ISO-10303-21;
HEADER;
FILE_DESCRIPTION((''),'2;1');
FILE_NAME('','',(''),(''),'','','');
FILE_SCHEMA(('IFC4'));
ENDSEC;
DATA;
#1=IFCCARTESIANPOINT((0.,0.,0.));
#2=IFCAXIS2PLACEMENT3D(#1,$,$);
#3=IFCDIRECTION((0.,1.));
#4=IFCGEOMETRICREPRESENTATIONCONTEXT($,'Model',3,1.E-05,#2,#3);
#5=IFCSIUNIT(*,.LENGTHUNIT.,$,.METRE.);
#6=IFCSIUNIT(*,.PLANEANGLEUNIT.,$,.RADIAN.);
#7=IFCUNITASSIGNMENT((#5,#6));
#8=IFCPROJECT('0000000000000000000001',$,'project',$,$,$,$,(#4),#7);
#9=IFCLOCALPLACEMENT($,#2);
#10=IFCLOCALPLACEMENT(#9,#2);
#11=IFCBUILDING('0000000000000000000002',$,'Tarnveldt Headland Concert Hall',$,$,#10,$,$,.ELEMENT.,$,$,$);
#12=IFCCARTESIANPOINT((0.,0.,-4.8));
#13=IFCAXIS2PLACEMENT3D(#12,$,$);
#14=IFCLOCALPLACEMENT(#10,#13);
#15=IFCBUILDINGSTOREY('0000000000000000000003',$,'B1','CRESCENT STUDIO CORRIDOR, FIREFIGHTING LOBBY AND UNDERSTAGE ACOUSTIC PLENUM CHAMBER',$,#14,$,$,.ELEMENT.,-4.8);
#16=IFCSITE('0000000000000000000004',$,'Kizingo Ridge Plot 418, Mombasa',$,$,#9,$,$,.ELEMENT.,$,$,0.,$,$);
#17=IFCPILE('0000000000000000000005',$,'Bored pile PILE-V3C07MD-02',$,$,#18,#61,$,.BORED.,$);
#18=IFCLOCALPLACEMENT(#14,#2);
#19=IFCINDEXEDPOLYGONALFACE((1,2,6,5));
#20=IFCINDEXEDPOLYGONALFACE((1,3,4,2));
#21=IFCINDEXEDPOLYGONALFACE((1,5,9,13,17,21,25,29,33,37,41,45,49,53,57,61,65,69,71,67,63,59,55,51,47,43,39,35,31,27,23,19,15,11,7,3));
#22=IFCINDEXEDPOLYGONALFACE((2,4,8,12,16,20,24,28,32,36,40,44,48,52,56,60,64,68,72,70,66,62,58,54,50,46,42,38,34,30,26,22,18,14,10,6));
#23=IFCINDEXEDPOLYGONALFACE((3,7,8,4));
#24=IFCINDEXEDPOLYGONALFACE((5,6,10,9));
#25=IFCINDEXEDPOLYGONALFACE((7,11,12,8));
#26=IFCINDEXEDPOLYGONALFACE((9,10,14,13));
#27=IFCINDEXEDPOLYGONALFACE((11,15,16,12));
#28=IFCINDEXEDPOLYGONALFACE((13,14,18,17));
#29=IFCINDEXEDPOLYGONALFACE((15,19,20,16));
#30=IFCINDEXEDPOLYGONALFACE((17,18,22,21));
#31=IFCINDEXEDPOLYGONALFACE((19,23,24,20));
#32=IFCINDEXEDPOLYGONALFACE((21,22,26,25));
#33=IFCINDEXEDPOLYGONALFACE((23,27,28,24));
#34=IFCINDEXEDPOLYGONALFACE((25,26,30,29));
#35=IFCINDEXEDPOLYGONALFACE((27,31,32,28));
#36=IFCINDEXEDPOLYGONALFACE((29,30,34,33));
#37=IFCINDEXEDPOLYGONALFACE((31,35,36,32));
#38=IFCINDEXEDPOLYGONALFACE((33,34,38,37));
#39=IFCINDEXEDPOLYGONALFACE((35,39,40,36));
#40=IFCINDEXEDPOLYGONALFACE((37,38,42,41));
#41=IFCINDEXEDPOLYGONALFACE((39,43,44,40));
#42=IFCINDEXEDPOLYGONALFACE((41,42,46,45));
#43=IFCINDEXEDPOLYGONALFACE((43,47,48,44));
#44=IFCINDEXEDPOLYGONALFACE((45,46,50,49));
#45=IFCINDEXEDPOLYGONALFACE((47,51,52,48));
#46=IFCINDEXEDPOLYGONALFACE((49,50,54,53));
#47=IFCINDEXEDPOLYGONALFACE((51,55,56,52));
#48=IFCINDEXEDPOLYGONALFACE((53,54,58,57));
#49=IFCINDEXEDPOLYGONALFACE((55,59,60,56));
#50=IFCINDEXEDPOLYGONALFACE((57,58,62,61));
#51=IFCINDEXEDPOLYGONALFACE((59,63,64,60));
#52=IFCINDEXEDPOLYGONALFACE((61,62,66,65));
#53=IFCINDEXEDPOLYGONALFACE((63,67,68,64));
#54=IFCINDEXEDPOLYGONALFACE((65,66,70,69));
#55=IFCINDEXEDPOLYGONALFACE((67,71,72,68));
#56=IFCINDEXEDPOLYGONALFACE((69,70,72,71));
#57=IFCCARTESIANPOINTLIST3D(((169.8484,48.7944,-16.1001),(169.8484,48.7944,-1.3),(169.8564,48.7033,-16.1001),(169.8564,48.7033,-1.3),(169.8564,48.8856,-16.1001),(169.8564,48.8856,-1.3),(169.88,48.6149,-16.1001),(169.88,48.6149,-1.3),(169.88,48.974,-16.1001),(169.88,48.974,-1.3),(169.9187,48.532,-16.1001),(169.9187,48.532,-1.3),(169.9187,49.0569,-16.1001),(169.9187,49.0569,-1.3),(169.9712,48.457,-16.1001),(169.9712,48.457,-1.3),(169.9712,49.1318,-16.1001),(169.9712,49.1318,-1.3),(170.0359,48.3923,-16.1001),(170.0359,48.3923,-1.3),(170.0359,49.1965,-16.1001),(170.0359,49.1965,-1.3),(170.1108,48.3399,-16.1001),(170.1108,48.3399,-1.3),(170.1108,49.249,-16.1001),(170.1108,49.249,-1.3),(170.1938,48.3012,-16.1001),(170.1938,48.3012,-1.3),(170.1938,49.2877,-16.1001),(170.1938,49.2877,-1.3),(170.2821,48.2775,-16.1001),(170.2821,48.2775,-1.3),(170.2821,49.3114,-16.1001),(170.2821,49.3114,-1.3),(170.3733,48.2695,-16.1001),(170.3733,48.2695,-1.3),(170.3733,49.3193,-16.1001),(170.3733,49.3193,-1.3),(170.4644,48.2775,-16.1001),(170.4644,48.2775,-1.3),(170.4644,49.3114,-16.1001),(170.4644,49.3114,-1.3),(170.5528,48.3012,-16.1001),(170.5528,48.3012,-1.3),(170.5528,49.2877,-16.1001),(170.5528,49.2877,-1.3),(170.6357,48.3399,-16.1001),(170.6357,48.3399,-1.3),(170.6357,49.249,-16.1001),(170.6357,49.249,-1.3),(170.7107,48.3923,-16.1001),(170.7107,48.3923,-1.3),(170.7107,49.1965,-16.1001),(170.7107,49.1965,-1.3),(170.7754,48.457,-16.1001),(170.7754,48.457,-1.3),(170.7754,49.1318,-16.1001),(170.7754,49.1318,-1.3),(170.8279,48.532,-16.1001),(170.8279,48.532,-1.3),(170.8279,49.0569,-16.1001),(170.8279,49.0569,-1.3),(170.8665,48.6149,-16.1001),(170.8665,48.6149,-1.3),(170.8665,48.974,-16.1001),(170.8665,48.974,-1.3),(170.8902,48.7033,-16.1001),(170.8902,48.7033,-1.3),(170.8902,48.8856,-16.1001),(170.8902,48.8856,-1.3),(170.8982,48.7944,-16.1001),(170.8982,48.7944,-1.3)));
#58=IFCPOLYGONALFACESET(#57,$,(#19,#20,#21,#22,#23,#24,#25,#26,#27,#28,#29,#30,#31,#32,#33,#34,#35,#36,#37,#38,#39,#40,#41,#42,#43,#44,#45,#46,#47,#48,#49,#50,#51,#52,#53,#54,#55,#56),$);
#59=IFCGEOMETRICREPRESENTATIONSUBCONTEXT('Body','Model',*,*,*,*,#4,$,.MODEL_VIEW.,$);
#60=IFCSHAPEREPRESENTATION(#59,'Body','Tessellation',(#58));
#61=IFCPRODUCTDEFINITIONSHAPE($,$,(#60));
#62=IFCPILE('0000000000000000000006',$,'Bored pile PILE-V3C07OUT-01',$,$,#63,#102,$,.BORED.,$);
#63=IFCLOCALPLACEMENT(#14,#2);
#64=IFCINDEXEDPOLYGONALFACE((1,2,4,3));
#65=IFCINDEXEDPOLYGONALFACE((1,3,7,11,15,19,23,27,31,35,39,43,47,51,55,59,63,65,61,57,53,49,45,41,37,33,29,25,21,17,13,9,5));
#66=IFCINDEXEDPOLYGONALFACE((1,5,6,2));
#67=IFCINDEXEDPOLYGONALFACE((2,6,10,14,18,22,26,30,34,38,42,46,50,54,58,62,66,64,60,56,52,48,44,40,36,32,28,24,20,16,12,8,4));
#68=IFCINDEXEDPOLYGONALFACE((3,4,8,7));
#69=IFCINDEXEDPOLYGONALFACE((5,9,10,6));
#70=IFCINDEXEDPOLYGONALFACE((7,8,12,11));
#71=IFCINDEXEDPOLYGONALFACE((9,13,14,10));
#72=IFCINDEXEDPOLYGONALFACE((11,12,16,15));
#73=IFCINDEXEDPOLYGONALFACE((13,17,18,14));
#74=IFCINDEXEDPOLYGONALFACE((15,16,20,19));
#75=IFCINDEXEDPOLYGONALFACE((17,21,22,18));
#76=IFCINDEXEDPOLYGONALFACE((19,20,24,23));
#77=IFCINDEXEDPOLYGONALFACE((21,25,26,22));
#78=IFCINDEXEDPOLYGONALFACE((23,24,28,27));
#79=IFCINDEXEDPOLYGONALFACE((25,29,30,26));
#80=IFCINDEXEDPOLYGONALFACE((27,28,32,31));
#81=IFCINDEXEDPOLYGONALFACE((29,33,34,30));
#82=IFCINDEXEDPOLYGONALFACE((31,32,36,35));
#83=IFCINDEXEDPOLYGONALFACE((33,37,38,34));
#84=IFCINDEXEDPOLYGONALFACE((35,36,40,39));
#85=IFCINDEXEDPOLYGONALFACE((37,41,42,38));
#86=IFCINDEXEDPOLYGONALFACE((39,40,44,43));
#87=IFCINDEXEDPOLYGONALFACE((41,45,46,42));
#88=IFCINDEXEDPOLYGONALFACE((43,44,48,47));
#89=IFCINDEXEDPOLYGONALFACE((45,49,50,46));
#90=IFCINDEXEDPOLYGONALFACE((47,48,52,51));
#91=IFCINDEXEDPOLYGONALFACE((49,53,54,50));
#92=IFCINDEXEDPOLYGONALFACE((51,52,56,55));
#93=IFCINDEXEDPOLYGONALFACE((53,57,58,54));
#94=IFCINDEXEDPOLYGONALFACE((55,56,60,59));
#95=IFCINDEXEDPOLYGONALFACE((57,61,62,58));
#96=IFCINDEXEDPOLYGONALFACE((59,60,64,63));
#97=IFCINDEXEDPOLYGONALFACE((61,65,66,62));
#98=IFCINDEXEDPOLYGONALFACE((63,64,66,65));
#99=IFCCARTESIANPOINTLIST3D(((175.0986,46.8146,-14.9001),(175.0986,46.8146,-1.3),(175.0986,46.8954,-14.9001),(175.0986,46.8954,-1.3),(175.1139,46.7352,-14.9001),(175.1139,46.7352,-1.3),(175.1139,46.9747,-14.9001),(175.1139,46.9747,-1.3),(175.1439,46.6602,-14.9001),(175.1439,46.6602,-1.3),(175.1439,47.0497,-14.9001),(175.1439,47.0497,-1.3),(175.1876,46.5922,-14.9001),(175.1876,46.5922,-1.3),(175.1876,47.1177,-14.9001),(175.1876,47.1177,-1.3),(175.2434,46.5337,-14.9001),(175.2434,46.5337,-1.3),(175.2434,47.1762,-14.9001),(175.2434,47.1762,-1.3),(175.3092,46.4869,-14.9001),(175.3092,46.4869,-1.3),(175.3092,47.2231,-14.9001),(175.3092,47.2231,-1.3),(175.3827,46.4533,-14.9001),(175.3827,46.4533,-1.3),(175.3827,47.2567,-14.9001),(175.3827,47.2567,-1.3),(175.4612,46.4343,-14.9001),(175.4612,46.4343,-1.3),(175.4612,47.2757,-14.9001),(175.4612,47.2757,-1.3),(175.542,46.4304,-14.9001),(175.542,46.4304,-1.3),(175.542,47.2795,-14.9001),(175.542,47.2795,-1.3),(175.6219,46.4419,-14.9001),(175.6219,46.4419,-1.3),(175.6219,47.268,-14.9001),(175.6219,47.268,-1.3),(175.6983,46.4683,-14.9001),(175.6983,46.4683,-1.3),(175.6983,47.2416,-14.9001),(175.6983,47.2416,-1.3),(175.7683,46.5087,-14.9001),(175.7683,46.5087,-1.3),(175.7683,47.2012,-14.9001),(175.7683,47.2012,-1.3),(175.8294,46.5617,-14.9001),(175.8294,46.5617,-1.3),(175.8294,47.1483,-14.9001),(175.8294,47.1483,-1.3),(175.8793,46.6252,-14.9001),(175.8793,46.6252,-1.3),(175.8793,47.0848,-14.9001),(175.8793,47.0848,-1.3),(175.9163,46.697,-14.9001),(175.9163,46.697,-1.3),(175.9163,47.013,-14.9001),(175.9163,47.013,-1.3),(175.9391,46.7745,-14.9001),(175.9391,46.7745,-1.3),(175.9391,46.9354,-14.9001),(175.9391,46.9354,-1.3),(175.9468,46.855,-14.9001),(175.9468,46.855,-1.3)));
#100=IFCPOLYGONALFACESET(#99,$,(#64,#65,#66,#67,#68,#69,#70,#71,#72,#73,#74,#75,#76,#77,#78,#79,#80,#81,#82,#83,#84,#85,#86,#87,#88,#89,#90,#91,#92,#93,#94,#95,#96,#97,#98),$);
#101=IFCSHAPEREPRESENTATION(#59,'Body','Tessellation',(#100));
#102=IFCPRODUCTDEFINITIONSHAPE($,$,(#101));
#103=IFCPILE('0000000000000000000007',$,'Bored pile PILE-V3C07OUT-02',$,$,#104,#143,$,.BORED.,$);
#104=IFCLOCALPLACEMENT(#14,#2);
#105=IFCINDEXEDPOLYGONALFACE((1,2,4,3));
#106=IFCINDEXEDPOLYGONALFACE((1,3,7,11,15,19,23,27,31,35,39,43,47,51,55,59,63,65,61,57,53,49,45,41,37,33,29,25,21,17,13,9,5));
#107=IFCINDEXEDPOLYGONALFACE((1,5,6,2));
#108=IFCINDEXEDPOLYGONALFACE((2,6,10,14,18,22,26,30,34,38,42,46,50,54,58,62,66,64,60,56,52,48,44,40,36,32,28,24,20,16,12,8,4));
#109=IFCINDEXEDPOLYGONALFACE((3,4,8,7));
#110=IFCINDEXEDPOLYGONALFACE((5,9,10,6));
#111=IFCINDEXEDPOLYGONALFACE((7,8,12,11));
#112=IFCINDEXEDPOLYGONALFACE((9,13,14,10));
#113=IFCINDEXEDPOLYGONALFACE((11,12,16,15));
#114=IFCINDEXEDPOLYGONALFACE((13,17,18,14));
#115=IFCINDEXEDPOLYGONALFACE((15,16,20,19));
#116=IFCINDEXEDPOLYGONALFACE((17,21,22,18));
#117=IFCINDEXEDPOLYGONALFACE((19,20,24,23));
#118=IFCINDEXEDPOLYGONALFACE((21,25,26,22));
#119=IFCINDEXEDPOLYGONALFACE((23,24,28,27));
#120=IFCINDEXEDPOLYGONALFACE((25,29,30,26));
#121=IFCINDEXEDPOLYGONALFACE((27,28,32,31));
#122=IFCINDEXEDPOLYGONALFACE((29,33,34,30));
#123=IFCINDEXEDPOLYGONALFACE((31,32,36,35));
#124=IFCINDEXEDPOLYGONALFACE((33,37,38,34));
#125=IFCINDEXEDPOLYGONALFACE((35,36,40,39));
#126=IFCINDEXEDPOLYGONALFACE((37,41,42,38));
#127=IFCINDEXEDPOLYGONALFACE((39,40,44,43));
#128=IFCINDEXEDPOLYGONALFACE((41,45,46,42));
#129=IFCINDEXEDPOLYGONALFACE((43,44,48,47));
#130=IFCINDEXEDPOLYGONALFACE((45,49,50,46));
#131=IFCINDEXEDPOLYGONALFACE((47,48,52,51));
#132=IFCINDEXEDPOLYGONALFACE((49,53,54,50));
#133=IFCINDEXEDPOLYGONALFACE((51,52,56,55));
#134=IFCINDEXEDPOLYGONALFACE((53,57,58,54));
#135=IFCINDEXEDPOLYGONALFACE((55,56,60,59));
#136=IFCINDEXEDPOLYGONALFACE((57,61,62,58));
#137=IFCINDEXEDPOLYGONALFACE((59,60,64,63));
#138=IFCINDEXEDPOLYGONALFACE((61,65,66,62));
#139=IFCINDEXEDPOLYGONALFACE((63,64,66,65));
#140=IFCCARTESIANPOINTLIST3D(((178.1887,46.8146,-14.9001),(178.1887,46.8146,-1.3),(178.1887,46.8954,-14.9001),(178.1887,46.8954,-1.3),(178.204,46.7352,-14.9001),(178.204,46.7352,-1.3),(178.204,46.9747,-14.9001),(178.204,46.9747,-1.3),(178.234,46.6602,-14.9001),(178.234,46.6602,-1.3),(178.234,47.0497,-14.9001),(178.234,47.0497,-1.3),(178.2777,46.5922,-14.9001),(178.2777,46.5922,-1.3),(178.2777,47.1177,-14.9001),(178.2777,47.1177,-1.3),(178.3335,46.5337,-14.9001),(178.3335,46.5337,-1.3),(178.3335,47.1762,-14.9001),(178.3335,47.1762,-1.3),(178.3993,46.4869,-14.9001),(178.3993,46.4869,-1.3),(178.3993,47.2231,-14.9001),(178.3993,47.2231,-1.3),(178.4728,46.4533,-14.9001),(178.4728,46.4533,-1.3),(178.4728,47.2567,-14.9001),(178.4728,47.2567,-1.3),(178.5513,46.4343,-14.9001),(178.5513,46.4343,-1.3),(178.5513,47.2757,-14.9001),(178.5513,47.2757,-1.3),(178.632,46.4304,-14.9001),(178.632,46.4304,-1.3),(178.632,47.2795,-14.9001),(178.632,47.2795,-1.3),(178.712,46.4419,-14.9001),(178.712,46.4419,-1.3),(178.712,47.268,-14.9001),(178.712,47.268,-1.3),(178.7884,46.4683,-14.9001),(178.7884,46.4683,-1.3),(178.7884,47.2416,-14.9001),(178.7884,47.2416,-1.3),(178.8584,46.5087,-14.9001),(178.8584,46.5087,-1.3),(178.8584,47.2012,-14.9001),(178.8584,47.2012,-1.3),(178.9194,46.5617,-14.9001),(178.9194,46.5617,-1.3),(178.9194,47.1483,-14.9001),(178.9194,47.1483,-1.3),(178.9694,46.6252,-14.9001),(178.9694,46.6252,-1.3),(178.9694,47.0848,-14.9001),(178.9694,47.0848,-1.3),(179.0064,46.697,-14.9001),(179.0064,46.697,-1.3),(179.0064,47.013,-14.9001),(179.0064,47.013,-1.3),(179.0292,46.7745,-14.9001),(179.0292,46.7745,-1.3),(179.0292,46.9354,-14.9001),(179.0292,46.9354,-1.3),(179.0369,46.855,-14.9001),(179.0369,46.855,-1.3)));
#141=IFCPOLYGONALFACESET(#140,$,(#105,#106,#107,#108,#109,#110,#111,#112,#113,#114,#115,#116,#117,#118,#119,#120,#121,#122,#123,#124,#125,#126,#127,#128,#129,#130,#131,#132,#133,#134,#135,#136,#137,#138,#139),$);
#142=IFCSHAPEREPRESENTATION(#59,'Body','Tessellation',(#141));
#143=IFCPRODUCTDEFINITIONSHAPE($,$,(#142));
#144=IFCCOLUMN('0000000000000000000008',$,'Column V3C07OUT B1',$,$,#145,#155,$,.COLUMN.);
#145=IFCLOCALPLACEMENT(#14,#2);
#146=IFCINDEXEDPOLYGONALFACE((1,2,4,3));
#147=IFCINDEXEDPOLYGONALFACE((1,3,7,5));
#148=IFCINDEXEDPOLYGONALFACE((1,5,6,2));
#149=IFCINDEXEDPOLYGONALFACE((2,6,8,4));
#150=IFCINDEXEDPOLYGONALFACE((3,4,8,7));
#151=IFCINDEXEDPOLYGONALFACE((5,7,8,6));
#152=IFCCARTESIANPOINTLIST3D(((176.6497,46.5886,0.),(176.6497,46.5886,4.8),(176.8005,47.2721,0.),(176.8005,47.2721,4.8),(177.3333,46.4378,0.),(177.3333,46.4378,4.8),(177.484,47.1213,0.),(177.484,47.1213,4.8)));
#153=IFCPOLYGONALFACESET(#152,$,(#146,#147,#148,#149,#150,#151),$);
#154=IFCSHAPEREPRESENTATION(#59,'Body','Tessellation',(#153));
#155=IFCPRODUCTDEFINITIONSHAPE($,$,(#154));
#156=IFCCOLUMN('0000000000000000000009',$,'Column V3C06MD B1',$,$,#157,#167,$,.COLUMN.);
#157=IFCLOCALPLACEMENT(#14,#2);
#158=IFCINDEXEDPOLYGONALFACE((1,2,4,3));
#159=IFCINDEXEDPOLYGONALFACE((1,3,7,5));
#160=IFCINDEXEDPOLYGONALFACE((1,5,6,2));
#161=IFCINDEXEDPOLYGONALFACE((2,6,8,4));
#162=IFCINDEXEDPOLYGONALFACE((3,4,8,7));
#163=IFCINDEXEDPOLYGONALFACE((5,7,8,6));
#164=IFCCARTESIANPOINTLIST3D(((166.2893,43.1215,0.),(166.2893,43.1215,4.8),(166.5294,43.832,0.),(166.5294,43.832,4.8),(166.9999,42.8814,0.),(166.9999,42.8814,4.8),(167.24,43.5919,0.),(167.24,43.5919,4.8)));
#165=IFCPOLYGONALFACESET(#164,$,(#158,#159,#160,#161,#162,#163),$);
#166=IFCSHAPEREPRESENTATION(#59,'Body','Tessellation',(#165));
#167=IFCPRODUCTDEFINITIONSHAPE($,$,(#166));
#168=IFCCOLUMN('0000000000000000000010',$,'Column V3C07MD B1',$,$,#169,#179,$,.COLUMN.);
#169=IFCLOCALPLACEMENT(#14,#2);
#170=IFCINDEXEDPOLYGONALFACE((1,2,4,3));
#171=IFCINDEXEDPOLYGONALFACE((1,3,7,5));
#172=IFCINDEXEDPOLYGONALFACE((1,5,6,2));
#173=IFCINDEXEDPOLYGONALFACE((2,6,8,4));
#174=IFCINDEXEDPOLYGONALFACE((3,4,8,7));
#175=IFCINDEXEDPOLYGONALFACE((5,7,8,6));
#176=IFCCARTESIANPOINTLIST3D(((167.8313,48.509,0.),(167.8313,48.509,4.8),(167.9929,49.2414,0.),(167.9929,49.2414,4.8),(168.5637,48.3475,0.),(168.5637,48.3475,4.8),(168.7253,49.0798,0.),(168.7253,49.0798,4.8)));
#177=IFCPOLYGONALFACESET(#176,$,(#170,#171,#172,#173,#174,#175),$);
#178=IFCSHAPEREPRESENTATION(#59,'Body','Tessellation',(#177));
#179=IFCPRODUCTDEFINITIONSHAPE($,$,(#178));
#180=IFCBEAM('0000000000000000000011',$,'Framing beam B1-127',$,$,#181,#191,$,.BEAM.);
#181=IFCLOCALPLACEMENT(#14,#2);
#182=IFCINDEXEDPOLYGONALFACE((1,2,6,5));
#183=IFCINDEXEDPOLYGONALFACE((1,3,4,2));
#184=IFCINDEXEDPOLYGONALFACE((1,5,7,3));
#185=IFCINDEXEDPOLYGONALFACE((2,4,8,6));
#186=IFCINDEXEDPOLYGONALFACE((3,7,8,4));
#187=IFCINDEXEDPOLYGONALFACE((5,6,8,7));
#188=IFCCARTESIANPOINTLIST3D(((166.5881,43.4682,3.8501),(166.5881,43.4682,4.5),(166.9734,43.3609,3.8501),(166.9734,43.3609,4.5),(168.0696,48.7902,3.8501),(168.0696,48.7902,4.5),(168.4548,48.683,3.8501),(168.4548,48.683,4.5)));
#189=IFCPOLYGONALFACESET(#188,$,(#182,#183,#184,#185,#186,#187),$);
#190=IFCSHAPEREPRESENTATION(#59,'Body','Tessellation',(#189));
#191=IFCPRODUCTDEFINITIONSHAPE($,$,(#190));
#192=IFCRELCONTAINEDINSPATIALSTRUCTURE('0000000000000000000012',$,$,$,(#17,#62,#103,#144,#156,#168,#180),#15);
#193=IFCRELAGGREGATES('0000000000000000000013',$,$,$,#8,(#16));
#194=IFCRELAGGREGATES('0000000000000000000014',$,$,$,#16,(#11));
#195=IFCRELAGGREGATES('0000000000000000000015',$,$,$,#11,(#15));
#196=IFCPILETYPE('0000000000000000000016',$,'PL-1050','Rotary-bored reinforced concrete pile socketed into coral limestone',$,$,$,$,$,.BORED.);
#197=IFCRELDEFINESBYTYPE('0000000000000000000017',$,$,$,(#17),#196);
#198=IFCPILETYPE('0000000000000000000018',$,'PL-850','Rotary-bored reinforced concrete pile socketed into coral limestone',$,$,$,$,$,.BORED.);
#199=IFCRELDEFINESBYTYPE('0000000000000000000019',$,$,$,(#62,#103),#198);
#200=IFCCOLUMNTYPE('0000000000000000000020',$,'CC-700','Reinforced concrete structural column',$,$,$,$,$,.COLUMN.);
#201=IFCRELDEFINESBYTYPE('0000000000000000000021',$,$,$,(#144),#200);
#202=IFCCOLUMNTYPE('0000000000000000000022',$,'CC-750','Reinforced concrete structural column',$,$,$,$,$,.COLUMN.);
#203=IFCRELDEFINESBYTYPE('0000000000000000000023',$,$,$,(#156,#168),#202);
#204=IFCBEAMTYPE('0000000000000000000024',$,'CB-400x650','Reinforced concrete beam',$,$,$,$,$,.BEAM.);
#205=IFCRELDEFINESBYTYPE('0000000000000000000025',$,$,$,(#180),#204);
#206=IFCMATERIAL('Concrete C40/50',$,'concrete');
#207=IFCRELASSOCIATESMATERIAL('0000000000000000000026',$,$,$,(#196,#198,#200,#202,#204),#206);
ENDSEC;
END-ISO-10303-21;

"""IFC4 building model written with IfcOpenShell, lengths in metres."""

from ifc_helpers import new_model, si_unit, direction, frame, origin, origin_2d, place, context, subcontext, project, spatial, rectangle, circle, extrude, material, material_profile, profile_set, type_object, element, save


model = new_model("IFC4")

# Units and contexts
model_context = context("Model", 3, precision=1e-05, world=origin(), true_north=direction((0.0, 1.0)))
body_context = subcontext(model_context, "Body", "Model", "MODEL_VIEW")
ifc_project = project(units=[si_unit("LENGTHUNIT", "METRE"), si_unit("PLANEANGLEUNIT", "RADIAN")], contexts=[model_context])

# Site, building, storey
site_placement = place(None, origin())
site = spatial("IfcSite", under=ifc_project, at=site_placement, Name="Kizingo Ridge Plot 418, Mombasa", CompositionType="ELEMENT", RefElevation=0.0)
building_placement = place(site_placement, origin())
building = spatial("IfcBuilding", under=site, at=building_placement, Name="Tarnveldt Headland Concert Hall", CompositionType="ELEMENT")
storey_placement = place(building_placement, frame((0.0, 0.0, -4.8)))
storey = spatial("IfcBuildingStorey", under=building, at=storey_placement, Name="B1", Description="CRESCENT STUDIO CORRIDOR, FIREFIGHTING LOBBY AND UNDERSTAGE ACOUSTIC PLENUM CHAMBER", CompositionType="ELEMENT", Elevation=-4.8)

# Shared definitions
ifc_material_1 = material(Name="Concrete C40/50", Category="concrete")

# Piles
ifc_material_profile_1 = material_profile(ifc_material_1, circle(Radius=0.5249, at=origin_2d()), Name="BORED PILE D1050", Category="concrete")
ifc_profile_set_1 = profile_set([ifc_material_profile_1], Name="Concrete C40/50")
pile_type_1 = type_object("IfcPileType", Name="PL-1050", Description="Rotary-bored reinforced concrete pile socketed into coral limestone", PredefinedType="BORED", material=ifc_profile_set_1)
for number, where, z_axis, x_axis, name in (
    (1, (170.3733, 48.7944, -1.3), (0.0, 0.0, -1.0), (1.0, 0.0, 0.0), "Bored pile PILE-V3C07MD-02"),
):
    element("IfcPile", number, at=place(storey_placement, frame(where, z_axis=z_axis, x_axis=x_axis)), inside=storey, type_object=pile_type_1, Name=name, PredefinedType="BORED", context=body_context, shape_type="SweptSolid", body=[
        extrude(circle(Radius=0.5249, at=origin_2d()), origin(), (0.0, 0.0, 1.0), 14.8),
    ])
ifc_material_profile_2 = material_profile(ifc_material_1, circle(Radius=0.425, at=origin_2d()), Name="BORED PILE D850", Category="concrete")
ifc_profile_set_2 = profile_set([ifc_material_profile_2], Name="Concrete C40/50")
pile_type_2 = type_object("IfcPileType", Name="PL-850", Description="Rotary-bored reinforced concrete pile socketed into coral limestone", PredefinedType="BORED", material=ifc_profile_set_2)
for number, where, z_axis, x_axis, name in (
    (2, (175.5217, 46.855, -1.3), (0.0, 0.0, -1.0), (1.0, 0.0, 0.0), "Bored pile PILE-V3C07OUT-01"),
    (3, (178.6118, 46.855, -1.3), (0.0, 0.0, -1.0), (1.0, 0.0, 0.0), "Bored pile PILE-V3C07OUT-02"),
):
    element("IfcPile", number, at=place(storey_placement, frame(where, z_axis=z_axis, x_axis=x_axis)), inside=storey, type_object=pile_type_2, Name=name, PredefinedType="BORED", context=body_context, shape_type="SweptSolid", body=[
        extrude(circle(Radius=0.425, at=origin_2d()), origin(), (0.0, 0.0, 1.0), 13.6001),
    ])

# Columns
ifc_material_profile_3 = material_profile(ifc_material_1, rectangle(XDim=0.7, YDim=0.7, at=origin_2d()), Name="RC 700x700", Category="concrete")
ifc_profile_set_3 = profile_set([ifc_material_profile_3], Name="Concrete C40/50")
column_type_1 = type_object("IfcColumnType", Name="CC-700", Description="Reinforced concrete structural column", PredefinedType="COLUMN", material=ifc_profile_set_3)
column_placement = place(storey_placement, frame((177.0669, 46.855, 0.0), z_axis=(0.0, 0.0, 1.0), x_axis=(0.976522, -0.215417, 0.0)))
element("IfcColumn", 4, at=column_placement, inside=storey, type_object=column_type_1, Name="Column V3C07OUT B1", PredefinedType="COLUMN", context=body_context, shape_type="SweptSolid", body=[
    extrude(rectangle(XDim=0.7, YDim=0.7, at=origin_2d()), origin(), (0.0, 0.0, 1.0), 4.8),
])
ifc_material_profile_4 = material_profile(ifc_material_1, rectangle(XDim=0.75, YDim=0.75, at=origin_2d()), Name="RC 750x750", Category="concrete")
ifc_profile_set_4 = profile_set([ifc_material_profile_4], Name="Concrete C40/50")
column_type_2 = type_object("IfcColumnType", Name="CC-750", Description="Reinforced concrete structural column", PredefinedType="COLUMN", material=ifc_profile_set_4)
for number, where, z_axis, x_axis, name in (
    (5, (166.7646, 43.3567, 0.0), (0.0, 0.0, 1.0), (0.947378, -0.320117, 0.0), "Column V3C06MD B1"),
    (6, (168.2783, 48.7944, 0.0), (0.0, 0.0, 1.0), (0.976522, -0.215417, 0.0), "Column V3C07MD B1"),
):
    element("IfcColumn", number, at=place(storey_placement, frame(where, z_axis=z_axis, x_axis=x_axis)), inside=storey, type_object=column_type_2, Name=name, PredefinedType="COLUMN", context=body_context, shape_type="SweptSolid", body=[
        extrude(rectangle(XDim=0.75, YDim=0.75, at=origin_2d()), origin(), (0.0, 0.0, 1.0), 4.8),
    ])

# Beam
ifc_material_profile_5 = material_profile(ifc_material_1, rectangle(XDim=0.3999, YDim=0.6499, at=origin_2d()), Name="RC 400x650", Category="concrete")
ifc_profile_set_5 = profile_set([ifc_material_profile_5], Name="Concrete C40/50")
beam_type_1 = type_object("IfcBeamType", Name="CB-400x650", Description="Reinforced concrete beam", PredefinedType="BEAM", material=ifc_profile_set_5)
for number, where, z_axis, x_axis, name in (
    (7, (166.7808, 43.4146, 4.175), (0.268166, 0.963373, 0.0), (-0.963373, 0.268166, 0.0), "Framing beam B1-127"),
):
    element("IfcBeam", number, at=place(storey_placement, frame(where, z_axis=z_axis, x_axis=x_axis)), inside=storey, type_object=beam_type_1, Name=name, PredefinedType="BEAM", context=body_context, shape_type="SweptSolid", body=[
        extrude(rectangle(XDim=0.3999, YDim=0.6499, at=origin_2d()), origin(), (0.0, 0.0, 1.0), 5.5244),
    ])

save(model, "model.ifc")
